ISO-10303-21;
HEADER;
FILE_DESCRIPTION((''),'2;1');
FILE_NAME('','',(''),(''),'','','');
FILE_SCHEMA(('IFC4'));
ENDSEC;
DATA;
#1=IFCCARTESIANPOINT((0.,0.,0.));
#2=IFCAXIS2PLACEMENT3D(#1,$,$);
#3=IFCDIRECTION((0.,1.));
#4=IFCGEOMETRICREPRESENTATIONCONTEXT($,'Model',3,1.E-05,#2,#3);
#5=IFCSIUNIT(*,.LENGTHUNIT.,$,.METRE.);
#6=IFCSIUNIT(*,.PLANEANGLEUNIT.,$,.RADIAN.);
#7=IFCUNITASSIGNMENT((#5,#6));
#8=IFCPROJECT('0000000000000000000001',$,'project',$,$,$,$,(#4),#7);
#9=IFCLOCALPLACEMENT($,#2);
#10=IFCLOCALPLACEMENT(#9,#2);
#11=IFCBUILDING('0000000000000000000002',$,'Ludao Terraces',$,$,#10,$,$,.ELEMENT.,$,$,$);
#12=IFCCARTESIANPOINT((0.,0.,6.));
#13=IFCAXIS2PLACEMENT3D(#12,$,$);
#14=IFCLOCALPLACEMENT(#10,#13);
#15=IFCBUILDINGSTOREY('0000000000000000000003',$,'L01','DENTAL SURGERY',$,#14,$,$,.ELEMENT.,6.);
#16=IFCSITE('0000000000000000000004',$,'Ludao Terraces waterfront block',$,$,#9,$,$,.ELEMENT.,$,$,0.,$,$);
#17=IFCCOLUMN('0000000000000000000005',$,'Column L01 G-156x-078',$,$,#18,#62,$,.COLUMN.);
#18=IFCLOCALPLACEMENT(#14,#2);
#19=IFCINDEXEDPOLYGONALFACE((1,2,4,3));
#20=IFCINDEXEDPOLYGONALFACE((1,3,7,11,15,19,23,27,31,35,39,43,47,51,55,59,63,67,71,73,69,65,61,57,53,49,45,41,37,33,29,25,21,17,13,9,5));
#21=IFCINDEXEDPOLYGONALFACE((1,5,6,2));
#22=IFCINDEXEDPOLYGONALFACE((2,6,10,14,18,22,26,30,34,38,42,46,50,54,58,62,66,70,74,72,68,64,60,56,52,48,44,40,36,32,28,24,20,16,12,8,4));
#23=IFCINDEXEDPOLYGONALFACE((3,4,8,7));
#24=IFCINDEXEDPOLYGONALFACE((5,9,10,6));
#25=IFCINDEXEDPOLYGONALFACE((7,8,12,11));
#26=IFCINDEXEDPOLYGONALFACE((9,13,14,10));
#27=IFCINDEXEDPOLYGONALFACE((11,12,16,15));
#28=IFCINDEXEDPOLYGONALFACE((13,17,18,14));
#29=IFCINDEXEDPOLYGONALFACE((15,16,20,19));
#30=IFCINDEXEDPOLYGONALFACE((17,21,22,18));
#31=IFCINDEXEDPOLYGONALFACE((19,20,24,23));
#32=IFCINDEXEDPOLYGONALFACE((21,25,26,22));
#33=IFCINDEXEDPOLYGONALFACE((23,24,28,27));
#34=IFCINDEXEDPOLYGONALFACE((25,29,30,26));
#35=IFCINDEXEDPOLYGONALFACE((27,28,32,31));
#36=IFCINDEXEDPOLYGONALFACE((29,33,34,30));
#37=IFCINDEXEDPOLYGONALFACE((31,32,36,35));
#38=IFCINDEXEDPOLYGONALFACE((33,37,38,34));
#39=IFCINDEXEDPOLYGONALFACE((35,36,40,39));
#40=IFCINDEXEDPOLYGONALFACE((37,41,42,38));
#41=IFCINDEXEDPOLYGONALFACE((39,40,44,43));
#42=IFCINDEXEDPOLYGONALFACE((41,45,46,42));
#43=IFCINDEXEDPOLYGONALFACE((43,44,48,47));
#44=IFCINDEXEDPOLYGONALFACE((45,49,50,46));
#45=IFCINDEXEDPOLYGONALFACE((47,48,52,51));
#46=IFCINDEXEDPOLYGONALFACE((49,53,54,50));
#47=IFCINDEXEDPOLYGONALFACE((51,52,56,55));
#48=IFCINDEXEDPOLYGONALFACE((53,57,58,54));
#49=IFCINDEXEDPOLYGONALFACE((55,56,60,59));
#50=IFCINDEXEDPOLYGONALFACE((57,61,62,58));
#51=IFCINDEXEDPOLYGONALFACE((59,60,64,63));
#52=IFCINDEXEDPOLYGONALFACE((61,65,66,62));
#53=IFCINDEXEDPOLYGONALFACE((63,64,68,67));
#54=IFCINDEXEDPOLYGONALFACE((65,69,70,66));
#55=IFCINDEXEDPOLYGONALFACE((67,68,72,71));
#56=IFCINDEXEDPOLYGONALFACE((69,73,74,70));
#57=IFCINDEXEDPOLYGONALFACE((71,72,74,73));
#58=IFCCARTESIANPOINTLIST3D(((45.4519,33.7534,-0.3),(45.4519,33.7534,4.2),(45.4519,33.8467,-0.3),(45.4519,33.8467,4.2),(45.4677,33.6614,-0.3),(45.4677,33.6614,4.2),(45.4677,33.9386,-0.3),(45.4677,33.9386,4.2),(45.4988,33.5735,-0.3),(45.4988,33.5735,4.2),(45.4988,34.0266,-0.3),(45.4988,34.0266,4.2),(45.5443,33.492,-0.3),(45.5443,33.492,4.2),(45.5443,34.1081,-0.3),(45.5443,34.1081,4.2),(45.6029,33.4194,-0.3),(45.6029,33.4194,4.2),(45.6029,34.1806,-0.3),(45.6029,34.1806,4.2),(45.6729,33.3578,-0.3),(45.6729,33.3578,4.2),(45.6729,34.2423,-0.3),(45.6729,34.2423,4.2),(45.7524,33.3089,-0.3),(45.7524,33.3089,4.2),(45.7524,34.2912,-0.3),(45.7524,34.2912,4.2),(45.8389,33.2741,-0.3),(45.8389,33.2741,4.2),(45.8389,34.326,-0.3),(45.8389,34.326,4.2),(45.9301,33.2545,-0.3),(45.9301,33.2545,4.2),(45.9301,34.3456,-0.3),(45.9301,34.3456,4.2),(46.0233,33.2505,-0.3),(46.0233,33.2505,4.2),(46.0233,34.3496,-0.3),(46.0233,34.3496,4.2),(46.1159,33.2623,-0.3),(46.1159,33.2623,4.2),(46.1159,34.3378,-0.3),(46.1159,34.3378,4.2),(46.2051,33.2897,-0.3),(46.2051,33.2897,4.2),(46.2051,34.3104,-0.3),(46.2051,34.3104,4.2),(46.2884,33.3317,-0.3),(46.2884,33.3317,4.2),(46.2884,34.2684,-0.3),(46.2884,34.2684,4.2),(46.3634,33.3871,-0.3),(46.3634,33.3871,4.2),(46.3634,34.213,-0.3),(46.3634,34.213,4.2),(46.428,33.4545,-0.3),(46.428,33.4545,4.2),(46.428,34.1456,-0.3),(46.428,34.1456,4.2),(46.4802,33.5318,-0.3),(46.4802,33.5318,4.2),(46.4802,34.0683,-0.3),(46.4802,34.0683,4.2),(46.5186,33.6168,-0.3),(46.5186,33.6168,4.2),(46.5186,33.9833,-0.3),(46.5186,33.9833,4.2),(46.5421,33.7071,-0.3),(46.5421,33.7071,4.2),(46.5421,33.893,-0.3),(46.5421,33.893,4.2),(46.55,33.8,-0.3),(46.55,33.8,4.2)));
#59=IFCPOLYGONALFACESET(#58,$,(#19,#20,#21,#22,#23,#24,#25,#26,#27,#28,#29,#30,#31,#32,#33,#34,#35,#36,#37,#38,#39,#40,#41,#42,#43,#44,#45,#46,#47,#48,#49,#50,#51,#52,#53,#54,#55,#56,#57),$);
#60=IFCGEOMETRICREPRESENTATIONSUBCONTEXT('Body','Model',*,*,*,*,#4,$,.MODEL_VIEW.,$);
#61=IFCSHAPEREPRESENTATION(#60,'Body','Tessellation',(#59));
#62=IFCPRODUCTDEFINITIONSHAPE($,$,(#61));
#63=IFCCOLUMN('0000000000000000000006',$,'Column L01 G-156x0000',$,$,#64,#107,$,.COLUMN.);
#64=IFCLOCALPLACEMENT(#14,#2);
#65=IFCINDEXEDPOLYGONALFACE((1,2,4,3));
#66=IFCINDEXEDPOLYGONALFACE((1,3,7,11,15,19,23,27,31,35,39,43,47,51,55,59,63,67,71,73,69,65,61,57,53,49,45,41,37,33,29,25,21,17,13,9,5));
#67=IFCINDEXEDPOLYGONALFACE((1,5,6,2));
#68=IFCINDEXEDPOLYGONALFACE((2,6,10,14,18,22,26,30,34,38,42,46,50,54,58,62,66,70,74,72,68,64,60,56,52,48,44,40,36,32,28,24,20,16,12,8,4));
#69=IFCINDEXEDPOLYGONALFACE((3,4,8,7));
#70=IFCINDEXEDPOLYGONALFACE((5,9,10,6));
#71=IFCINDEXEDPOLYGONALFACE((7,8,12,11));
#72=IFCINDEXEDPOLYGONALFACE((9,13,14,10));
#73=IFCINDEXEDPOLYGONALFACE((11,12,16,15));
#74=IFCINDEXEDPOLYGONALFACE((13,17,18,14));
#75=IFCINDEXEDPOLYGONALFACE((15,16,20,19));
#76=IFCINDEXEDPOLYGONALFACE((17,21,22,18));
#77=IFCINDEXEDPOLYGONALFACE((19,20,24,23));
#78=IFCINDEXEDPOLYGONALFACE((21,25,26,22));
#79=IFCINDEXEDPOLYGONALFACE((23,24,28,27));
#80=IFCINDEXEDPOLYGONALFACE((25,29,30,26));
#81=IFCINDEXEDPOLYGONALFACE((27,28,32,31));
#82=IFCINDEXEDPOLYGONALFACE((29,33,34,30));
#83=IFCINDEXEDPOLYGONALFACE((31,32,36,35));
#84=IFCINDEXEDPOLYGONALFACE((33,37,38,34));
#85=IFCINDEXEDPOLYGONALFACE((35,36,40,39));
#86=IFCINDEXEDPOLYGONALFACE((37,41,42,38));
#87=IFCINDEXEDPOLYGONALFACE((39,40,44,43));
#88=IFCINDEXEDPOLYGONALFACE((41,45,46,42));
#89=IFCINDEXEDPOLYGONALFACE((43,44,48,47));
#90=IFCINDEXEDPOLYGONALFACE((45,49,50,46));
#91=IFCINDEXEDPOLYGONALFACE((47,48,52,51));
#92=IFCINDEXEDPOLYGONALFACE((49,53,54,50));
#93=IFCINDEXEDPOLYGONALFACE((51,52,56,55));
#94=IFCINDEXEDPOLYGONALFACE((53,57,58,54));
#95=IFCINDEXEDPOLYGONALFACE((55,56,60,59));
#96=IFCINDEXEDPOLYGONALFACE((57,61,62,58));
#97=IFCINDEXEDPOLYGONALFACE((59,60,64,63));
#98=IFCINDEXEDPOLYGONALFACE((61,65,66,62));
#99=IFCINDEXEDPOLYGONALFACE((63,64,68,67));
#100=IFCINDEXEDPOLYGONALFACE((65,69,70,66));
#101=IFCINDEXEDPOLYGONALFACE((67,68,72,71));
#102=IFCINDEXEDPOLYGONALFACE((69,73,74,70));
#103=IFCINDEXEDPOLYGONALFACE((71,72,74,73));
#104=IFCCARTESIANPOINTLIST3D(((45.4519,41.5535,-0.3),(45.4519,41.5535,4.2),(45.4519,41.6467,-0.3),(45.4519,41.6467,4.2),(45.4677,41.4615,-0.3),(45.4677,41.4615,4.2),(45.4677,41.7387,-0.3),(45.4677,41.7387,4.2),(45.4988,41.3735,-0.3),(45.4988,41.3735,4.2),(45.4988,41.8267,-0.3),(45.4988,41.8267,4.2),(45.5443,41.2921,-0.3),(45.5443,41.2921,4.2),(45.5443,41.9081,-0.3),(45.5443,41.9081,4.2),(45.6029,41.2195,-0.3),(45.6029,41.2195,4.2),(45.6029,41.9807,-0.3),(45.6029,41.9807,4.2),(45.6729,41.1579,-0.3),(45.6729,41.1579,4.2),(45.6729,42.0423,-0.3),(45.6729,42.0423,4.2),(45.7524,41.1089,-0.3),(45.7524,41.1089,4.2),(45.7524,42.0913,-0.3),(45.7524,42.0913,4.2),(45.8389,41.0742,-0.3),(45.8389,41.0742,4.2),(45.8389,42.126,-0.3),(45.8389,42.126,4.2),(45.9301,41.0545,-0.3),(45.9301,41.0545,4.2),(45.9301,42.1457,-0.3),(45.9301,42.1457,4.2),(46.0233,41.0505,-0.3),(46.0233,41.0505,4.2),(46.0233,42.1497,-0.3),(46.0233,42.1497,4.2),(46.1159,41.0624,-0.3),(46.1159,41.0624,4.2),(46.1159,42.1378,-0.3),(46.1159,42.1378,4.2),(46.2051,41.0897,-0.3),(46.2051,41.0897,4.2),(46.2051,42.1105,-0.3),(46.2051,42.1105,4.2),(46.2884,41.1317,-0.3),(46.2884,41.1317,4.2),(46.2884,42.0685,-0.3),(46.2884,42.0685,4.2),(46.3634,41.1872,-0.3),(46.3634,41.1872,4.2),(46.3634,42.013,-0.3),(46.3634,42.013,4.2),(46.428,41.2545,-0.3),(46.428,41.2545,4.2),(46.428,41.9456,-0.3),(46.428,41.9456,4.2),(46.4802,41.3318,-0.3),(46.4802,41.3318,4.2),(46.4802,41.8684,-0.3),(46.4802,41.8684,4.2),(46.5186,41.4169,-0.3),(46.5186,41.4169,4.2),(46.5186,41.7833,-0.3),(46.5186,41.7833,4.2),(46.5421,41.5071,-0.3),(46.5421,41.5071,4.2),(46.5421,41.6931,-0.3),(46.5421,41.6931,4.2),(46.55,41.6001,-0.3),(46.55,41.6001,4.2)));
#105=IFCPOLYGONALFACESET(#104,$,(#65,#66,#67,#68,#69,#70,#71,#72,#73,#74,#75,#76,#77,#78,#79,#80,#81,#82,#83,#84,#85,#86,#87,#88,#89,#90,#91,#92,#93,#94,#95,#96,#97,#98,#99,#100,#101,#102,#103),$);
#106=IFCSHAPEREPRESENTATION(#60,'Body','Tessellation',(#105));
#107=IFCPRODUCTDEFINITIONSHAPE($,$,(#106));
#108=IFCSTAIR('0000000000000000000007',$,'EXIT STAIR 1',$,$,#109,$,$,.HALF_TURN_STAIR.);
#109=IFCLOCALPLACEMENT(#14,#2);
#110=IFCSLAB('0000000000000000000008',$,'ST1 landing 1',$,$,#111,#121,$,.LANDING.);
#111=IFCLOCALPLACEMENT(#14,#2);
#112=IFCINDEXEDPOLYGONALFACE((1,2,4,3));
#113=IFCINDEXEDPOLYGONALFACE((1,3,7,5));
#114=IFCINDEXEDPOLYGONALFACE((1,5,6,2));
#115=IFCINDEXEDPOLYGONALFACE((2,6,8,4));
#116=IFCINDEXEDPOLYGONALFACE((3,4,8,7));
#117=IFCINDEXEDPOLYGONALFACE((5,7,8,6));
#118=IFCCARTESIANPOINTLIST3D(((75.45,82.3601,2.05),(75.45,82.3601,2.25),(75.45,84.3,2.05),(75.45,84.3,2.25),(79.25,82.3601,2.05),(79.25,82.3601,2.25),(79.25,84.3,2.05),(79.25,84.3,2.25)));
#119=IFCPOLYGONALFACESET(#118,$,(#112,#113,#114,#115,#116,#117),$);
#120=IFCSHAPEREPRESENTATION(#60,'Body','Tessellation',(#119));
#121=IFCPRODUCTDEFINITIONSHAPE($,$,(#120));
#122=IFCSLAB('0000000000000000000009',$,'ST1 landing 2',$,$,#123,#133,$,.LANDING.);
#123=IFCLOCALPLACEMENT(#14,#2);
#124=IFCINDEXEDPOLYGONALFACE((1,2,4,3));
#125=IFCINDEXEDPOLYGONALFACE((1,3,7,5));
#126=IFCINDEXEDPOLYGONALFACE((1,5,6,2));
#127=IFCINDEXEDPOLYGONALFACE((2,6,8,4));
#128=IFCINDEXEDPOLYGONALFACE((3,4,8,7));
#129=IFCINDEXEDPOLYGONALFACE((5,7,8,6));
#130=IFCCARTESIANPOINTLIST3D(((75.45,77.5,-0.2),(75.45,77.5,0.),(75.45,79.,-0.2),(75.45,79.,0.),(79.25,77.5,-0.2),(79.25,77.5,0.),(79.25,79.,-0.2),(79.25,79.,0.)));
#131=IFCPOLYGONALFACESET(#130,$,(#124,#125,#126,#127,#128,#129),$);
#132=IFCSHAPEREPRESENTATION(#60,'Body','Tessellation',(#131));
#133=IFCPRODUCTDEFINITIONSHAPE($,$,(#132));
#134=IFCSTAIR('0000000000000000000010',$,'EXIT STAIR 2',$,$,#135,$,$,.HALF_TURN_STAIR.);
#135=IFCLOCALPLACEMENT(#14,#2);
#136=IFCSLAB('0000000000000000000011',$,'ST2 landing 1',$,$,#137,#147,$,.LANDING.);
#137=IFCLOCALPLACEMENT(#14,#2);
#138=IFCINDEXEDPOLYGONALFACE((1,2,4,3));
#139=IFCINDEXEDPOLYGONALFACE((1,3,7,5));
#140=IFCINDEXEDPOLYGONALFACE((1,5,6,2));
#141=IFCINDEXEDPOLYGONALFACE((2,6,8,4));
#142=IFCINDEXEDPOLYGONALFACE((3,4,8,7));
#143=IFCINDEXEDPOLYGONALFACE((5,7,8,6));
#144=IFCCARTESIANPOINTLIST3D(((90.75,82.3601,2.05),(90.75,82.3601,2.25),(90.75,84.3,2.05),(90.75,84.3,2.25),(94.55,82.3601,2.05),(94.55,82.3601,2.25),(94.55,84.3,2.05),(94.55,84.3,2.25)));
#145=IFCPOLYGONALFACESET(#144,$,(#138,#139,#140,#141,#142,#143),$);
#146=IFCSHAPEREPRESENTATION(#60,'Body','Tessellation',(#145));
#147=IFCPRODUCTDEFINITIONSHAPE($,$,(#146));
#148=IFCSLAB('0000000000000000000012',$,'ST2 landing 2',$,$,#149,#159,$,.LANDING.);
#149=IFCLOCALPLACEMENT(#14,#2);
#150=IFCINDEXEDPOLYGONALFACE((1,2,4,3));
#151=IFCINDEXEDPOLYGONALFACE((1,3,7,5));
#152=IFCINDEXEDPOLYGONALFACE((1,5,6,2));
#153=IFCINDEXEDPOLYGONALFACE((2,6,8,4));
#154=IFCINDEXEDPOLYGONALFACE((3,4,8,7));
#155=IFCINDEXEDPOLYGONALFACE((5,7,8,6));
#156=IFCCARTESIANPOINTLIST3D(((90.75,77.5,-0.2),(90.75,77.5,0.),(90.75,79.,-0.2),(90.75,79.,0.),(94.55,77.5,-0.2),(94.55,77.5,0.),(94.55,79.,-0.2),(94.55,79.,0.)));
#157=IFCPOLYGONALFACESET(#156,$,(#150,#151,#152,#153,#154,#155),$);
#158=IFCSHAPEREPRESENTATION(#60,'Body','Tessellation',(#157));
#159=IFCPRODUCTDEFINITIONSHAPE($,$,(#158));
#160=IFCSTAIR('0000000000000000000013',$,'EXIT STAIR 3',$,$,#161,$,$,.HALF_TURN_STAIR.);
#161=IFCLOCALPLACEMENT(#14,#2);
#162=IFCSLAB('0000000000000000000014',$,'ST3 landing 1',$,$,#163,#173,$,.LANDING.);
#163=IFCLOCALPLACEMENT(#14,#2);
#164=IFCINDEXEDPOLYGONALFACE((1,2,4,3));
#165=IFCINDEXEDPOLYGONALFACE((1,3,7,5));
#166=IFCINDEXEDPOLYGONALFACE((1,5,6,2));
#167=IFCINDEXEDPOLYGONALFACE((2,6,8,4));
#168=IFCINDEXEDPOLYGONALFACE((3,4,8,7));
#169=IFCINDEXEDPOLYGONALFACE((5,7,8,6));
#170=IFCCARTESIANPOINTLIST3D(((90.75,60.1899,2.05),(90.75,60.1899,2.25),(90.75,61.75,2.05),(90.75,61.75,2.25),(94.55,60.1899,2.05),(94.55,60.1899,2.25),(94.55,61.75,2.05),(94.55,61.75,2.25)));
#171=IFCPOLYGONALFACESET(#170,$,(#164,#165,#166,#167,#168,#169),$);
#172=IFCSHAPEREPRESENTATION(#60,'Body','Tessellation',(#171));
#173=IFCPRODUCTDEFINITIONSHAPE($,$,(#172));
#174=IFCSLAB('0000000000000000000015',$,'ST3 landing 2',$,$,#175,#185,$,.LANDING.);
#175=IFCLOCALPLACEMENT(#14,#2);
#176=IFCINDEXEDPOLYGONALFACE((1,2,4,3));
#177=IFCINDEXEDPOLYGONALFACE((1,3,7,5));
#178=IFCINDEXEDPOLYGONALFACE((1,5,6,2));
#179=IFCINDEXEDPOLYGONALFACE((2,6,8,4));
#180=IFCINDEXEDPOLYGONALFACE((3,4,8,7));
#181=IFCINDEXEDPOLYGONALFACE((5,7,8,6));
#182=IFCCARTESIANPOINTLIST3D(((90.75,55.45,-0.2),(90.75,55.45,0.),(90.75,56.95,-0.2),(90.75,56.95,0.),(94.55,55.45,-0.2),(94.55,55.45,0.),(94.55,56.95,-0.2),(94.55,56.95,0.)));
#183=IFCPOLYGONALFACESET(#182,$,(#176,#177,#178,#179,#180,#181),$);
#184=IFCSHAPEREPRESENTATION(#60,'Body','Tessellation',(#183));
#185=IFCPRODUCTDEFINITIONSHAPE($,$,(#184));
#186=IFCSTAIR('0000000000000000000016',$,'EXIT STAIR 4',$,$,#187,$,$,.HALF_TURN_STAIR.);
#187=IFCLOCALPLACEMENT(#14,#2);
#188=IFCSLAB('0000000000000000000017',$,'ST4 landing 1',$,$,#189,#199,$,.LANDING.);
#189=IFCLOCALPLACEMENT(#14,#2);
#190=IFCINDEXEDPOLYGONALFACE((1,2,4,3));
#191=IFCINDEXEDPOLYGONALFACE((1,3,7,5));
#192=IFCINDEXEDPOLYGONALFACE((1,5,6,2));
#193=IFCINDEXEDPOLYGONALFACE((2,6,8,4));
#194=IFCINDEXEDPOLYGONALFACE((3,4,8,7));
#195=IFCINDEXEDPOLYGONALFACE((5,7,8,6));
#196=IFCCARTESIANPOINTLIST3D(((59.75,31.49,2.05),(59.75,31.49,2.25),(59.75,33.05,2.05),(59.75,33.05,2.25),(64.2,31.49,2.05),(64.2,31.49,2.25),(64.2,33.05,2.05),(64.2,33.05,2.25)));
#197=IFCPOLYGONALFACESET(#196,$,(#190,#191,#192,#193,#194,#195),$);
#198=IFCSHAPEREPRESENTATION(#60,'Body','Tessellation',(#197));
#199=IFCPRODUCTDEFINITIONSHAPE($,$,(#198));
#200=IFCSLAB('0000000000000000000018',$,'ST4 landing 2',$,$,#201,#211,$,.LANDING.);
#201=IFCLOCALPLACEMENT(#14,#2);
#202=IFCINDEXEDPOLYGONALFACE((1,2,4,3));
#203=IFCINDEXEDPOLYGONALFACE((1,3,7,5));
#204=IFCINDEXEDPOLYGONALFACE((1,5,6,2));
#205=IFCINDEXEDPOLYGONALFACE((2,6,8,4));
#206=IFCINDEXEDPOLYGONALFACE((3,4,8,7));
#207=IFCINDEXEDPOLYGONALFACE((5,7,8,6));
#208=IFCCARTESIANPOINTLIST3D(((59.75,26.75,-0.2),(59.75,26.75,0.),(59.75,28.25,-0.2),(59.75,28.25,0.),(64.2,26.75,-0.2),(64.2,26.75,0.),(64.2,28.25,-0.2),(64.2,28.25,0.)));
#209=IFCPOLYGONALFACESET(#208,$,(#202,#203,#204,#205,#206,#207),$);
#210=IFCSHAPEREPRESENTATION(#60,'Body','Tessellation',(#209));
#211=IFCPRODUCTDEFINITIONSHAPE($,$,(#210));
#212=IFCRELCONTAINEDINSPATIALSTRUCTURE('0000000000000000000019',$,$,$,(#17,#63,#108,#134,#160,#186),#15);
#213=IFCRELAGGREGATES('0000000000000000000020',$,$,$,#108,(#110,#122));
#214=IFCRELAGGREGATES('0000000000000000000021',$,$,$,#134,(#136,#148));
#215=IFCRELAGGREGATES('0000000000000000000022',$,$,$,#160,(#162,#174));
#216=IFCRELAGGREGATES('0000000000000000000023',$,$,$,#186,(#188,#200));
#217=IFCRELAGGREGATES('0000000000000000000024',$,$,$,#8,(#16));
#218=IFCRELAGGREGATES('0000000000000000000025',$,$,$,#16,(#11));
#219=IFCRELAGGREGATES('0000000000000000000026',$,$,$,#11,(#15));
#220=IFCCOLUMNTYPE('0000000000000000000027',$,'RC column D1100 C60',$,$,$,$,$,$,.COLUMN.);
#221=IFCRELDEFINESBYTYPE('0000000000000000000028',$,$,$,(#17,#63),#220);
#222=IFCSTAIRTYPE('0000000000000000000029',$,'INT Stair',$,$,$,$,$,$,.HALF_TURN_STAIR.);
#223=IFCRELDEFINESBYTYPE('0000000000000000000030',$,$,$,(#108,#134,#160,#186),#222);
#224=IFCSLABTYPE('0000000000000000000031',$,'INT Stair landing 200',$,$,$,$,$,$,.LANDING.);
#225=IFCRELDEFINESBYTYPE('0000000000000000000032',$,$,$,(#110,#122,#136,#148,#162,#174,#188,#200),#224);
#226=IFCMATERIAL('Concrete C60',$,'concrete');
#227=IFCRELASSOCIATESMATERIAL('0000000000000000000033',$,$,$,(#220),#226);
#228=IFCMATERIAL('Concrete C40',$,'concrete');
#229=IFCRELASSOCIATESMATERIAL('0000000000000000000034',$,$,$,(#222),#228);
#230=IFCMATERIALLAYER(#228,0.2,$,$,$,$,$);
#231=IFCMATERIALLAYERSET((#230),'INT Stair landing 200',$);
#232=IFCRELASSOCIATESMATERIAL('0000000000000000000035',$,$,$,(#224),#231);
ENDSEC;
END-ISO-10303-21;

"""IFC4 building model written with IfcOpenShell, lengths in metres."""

from ifc_helpers import new_model, si_unit, direction, frame, origin, origin_2d, place, context, subcontext, project, spatial, polyline, circle, outline, extrude, material, layer, layer_set, material_profile, profile_set, type_object, element, aggregate, save


model = new_model("IFC4")

# Units and contexts
model_context = context("Model", 3, precision=1e-05, world=origin(), true_north=direction((0.0, 1.0)))
body_context = subcontext(model_context, "Body", "Model", "MODEL_VIEW")
ifc_project = project(units=[si_unit("LENGTHUNIT", "METRE"), si_unit("PLANEANGLEUNIT", "RADIAN")], contexts=[model_context])

# Site, building, storey
site_placement = place(None, origin())
site = spatial("IfcSite", under=ifc_project, at=site_placement, Name="Ludao Terraces waterfront block", CompositionType="ELEMENT", RefElevation=0.0)
building_placement = place(site_placement, origin())
building = spatial("IfcBuilding", under=site, at=building_placement, Name="Ludao Terraces", CompositionType="ELEMENT")
storey_placement = place(building_placement, frame((0.0, 0.0, 6.0)))
storey = spatial("IfcBuildingStorey", under=building, at=storey_placement, Name="L01", Description="DENTAL SURGERY", CompositionType="ELEMENT", Elevation=6.0)

# Columns
ifc_material_1 = material(Name="Concrete C60", Category="concrete")
ifc_material_profile = material_profile(ifc_material_1, circle(Radius=0.55, at=origin_2d()), Name="D1100")
ifc_profile_set = profile_set([ifc_material_profile], Name="Concrete C60")
column_type = type_object("IfcColumnType", Name="RC column D1100 C60", PredefinedType="COLUMN", material=ifc_profile_set)
for number, where, z_axis, x_axis, name in (
    (1, (46.0, 33.8, -0.3), (0.0, 0.0, 1.0), (1.0, 0.0, 0.0), "Column L01 G-156x-078"),
    (2, (46.0, 41.6001, -0.3), (0.0, 0.0, 1.0), (1.0, 0.0, 0.0), "Column L01 G-156x0000"),
):
    element("IfcColumn", number, at=place(storey_placement, frame(where, z_axis=z_axis, x_axis=x_axis)), inside=storey, type_object=column_type, Name=name, PredefinedType="COLUMN", context=body_context, shape_type="SweptSolid", body=[
        extrude(circle(Radius=0.55, at=origin_2d()), origin(), (0.0, 0.0, 1.0), 4.5),
    ])

# Stairs, slabs
ifc_material_2 = material(Name="Concrete C40", Category="concrete")
stair_type = type_object("IfcStairType", Name="INT Stair", PredefinedType="HALF_TURN_STAIR", material=ifc_material_2)
stair_1_placement = place(storey_placement, origin())
stair_1 = element("IfcStair", 3, at=stair_1_placement, inside=storey, type_object=stair_type, Name="EXIT STAIR 1", PredefinedType="HALF_TURN_STAIR")
ifc_layer_1 = layer(ifc_material_2, 0.2)
ifc_layer_set_1 = layer_set([ifc_layer_1], Name="INT Stair landing 200")
slab_type = type_object("IfcSlabType", Name="INT Stair landing 200", PredefinedType="LANDING", material=ifc_layer_set_1)
slab_1_placement = place(storey_placement, frame((0.0, 0.0, 2.05)))
slab_1 = element("IfcSlab", 4, at=slab_1_placement, type_object=slab_type, Name="ST1 landing 1", PredefinedType="LANDING", context=body_context, shape_type="SweptSolid", body=[
    extrude(outline(polyline([(75.45, 82.3601), (79.25, 82.3601), (79.25, 84.3), (75.45, 84.3), (75.45, 82.3601)])), origin(), (0.0, 0.0, 1.0), 0.2),
])
slab_2_placement = place(storey_placement, frame((0.0, 0.0, -0.2)))
slab_2 = element("IfcSlab", 5, at=slab_2_placement, type_object=slab_type, Name="ST1 landing 2", PredefinedType="LANDING", context=body_context, shape_type="SweptSolid", body=[
    extrude(outline(polyline([(75.45, 77.5), (79.25, 77.5), (79.25, 79.0), (75.45, 79.0), (75.45, 77.5)])), origin(), (0.0, 0.0, 1.0), 0.2),
])
aggregate(stair_1, [slab_1, slab_2])
stair_2_placement = place(storey_placement, origin())
stair_2 = element("IfcStair", 6, at=stair_2_placement, inside=storey, type_object=stair_type, Name="EXIT STAIR 2", PredefinedType="HALF_TURN_STAIR")
slab_3_placement = place(storey_placement, frame((0.0, 0.0, 2.05)))
slab_3 = element("IfcSlab", 7, at=slab_3_placement, type_object=slab_type, Name="ST2 landing 1", PredefinedType="LANDING", context=body_context, shape_type="SweptSolid", body=[
    extrude(outline(polyline([(90.75, 82.3601), (94.55, 82.3601), (94.55, 84.3), (90.75, 84.3), (90.75, 82.3601)])), origin(), (0.0, 0.0, 1.0), 0.2),
])
slab_4_placement = place(storey_placement, frame((0.0, 0.0, -0.2)))
slab_4 = element("IfcSlab", 8, at=slab_4_placement, type_object=slab_type, Name="ST2 landing 2", PredefinedType="LANDING", context=body_context, shape_type="SweptSolid", body=[
    extrude(outline(polyline([(90.75, 77.5), (94.55, 77.5), (94.55, 79.0), (90.75, 79.0), (90.75, 77.5)])), origin(), (0.0, 0.0, 1.0), 0.2),
])
aggregate(stair_2, [slab_3, slab_4])
stair_3_placement = place(storey_placement, origin())
stair_3 = element("IfcStair", 9, at=stair_3_placement, inside=storey, type_object=stair_type, Name="EXIT STAIR 3", PredefinedType="HALF_TURN_STAIR")
slab_5_placement = place(storey_placement, frame((0.0, 0.0, 2.05)))
slab_5 = element("IfcSlab", 10, at=slab_5_placement, type_object=slab_type, Name="ST3 landing 1", PredefinedType="LANDING", context=body_context, shape_type="SweptSolid", body=[
    extrude(outline(polyline([(90.75, 60.1899), (94.55, 60.1899), (94.55, 61.75), (90.75, 61.75), (90.75, 60.1899)])), origin(), (0.0, 0.0, 1.0), 0.2),
])
slab_6_placement = place(storey_placement, frame((0.0, 0.0, -0.2)))
slab_6 = element("IfcSlab", 11, at=slab_6_placement, type_object=slab_type, Name="ST3 landing 2", PredefinedType="LANDING", context=body_context, shape_type="SweptSolid", body=[
    extrude(outline(polyline([(90.75, 55.45), (94.55, 55.45), (94.55, 56.95), (90.75, 56.95), (90.75, 55.45)])), origin(), (0.0, 0.0, 1.0), 0.2),
])
aggregate(stair_3, [slab_5, slab_6])
stair_4_placement = place(storey_placement, origin())
stair_4 = element("IfcStair", 12, at=stair_4_placement, inside=storey, type_object=stair_type, Name="EXIT STAIR 4", PredefinedType="HALF_TURN_STAIR")
slab_7_placement = place(storey_placement, frame((0.0, 0.0, 2.05)))
slab_7 = element("IfcSlab", 13, at=slab_7_placement, type_object=slab_type, Name="ST4 landing 1", PredefinedType="LANDING", context=body_context, shape_type="SweptSolid", body=[
    extrude(outline(polyline([(59.75, 31.49), (64.2, 31.49), (64.2, 33.05), (59.75, 33.05), (59.75, 31.49)])), origin(), (0.0, 0.0, 1.0), 0.2),
])
slab_8_placement = place(storey_placement, frame((0.0, 0.0, -0.2)))
slab_8 = element("IfcSlab", 14, at=slab_8_placement, type_object=slab_type, Name="ST4 landing 2", PredefinedType="LANDING", context=body_context, shape_type="SweptSolid", body=[
    extrude(outline(polyline([(59.75, 26.75), (64.2, 26.75), (64.2, 28.25), (59.75, 28.25), (59.75, 26.75)])), origin(), (0.0, 0.0, 1.0), 0.2),
])
aggregate(stair_4, [slab_7, slab_8])

save(model, "model.ifc")
